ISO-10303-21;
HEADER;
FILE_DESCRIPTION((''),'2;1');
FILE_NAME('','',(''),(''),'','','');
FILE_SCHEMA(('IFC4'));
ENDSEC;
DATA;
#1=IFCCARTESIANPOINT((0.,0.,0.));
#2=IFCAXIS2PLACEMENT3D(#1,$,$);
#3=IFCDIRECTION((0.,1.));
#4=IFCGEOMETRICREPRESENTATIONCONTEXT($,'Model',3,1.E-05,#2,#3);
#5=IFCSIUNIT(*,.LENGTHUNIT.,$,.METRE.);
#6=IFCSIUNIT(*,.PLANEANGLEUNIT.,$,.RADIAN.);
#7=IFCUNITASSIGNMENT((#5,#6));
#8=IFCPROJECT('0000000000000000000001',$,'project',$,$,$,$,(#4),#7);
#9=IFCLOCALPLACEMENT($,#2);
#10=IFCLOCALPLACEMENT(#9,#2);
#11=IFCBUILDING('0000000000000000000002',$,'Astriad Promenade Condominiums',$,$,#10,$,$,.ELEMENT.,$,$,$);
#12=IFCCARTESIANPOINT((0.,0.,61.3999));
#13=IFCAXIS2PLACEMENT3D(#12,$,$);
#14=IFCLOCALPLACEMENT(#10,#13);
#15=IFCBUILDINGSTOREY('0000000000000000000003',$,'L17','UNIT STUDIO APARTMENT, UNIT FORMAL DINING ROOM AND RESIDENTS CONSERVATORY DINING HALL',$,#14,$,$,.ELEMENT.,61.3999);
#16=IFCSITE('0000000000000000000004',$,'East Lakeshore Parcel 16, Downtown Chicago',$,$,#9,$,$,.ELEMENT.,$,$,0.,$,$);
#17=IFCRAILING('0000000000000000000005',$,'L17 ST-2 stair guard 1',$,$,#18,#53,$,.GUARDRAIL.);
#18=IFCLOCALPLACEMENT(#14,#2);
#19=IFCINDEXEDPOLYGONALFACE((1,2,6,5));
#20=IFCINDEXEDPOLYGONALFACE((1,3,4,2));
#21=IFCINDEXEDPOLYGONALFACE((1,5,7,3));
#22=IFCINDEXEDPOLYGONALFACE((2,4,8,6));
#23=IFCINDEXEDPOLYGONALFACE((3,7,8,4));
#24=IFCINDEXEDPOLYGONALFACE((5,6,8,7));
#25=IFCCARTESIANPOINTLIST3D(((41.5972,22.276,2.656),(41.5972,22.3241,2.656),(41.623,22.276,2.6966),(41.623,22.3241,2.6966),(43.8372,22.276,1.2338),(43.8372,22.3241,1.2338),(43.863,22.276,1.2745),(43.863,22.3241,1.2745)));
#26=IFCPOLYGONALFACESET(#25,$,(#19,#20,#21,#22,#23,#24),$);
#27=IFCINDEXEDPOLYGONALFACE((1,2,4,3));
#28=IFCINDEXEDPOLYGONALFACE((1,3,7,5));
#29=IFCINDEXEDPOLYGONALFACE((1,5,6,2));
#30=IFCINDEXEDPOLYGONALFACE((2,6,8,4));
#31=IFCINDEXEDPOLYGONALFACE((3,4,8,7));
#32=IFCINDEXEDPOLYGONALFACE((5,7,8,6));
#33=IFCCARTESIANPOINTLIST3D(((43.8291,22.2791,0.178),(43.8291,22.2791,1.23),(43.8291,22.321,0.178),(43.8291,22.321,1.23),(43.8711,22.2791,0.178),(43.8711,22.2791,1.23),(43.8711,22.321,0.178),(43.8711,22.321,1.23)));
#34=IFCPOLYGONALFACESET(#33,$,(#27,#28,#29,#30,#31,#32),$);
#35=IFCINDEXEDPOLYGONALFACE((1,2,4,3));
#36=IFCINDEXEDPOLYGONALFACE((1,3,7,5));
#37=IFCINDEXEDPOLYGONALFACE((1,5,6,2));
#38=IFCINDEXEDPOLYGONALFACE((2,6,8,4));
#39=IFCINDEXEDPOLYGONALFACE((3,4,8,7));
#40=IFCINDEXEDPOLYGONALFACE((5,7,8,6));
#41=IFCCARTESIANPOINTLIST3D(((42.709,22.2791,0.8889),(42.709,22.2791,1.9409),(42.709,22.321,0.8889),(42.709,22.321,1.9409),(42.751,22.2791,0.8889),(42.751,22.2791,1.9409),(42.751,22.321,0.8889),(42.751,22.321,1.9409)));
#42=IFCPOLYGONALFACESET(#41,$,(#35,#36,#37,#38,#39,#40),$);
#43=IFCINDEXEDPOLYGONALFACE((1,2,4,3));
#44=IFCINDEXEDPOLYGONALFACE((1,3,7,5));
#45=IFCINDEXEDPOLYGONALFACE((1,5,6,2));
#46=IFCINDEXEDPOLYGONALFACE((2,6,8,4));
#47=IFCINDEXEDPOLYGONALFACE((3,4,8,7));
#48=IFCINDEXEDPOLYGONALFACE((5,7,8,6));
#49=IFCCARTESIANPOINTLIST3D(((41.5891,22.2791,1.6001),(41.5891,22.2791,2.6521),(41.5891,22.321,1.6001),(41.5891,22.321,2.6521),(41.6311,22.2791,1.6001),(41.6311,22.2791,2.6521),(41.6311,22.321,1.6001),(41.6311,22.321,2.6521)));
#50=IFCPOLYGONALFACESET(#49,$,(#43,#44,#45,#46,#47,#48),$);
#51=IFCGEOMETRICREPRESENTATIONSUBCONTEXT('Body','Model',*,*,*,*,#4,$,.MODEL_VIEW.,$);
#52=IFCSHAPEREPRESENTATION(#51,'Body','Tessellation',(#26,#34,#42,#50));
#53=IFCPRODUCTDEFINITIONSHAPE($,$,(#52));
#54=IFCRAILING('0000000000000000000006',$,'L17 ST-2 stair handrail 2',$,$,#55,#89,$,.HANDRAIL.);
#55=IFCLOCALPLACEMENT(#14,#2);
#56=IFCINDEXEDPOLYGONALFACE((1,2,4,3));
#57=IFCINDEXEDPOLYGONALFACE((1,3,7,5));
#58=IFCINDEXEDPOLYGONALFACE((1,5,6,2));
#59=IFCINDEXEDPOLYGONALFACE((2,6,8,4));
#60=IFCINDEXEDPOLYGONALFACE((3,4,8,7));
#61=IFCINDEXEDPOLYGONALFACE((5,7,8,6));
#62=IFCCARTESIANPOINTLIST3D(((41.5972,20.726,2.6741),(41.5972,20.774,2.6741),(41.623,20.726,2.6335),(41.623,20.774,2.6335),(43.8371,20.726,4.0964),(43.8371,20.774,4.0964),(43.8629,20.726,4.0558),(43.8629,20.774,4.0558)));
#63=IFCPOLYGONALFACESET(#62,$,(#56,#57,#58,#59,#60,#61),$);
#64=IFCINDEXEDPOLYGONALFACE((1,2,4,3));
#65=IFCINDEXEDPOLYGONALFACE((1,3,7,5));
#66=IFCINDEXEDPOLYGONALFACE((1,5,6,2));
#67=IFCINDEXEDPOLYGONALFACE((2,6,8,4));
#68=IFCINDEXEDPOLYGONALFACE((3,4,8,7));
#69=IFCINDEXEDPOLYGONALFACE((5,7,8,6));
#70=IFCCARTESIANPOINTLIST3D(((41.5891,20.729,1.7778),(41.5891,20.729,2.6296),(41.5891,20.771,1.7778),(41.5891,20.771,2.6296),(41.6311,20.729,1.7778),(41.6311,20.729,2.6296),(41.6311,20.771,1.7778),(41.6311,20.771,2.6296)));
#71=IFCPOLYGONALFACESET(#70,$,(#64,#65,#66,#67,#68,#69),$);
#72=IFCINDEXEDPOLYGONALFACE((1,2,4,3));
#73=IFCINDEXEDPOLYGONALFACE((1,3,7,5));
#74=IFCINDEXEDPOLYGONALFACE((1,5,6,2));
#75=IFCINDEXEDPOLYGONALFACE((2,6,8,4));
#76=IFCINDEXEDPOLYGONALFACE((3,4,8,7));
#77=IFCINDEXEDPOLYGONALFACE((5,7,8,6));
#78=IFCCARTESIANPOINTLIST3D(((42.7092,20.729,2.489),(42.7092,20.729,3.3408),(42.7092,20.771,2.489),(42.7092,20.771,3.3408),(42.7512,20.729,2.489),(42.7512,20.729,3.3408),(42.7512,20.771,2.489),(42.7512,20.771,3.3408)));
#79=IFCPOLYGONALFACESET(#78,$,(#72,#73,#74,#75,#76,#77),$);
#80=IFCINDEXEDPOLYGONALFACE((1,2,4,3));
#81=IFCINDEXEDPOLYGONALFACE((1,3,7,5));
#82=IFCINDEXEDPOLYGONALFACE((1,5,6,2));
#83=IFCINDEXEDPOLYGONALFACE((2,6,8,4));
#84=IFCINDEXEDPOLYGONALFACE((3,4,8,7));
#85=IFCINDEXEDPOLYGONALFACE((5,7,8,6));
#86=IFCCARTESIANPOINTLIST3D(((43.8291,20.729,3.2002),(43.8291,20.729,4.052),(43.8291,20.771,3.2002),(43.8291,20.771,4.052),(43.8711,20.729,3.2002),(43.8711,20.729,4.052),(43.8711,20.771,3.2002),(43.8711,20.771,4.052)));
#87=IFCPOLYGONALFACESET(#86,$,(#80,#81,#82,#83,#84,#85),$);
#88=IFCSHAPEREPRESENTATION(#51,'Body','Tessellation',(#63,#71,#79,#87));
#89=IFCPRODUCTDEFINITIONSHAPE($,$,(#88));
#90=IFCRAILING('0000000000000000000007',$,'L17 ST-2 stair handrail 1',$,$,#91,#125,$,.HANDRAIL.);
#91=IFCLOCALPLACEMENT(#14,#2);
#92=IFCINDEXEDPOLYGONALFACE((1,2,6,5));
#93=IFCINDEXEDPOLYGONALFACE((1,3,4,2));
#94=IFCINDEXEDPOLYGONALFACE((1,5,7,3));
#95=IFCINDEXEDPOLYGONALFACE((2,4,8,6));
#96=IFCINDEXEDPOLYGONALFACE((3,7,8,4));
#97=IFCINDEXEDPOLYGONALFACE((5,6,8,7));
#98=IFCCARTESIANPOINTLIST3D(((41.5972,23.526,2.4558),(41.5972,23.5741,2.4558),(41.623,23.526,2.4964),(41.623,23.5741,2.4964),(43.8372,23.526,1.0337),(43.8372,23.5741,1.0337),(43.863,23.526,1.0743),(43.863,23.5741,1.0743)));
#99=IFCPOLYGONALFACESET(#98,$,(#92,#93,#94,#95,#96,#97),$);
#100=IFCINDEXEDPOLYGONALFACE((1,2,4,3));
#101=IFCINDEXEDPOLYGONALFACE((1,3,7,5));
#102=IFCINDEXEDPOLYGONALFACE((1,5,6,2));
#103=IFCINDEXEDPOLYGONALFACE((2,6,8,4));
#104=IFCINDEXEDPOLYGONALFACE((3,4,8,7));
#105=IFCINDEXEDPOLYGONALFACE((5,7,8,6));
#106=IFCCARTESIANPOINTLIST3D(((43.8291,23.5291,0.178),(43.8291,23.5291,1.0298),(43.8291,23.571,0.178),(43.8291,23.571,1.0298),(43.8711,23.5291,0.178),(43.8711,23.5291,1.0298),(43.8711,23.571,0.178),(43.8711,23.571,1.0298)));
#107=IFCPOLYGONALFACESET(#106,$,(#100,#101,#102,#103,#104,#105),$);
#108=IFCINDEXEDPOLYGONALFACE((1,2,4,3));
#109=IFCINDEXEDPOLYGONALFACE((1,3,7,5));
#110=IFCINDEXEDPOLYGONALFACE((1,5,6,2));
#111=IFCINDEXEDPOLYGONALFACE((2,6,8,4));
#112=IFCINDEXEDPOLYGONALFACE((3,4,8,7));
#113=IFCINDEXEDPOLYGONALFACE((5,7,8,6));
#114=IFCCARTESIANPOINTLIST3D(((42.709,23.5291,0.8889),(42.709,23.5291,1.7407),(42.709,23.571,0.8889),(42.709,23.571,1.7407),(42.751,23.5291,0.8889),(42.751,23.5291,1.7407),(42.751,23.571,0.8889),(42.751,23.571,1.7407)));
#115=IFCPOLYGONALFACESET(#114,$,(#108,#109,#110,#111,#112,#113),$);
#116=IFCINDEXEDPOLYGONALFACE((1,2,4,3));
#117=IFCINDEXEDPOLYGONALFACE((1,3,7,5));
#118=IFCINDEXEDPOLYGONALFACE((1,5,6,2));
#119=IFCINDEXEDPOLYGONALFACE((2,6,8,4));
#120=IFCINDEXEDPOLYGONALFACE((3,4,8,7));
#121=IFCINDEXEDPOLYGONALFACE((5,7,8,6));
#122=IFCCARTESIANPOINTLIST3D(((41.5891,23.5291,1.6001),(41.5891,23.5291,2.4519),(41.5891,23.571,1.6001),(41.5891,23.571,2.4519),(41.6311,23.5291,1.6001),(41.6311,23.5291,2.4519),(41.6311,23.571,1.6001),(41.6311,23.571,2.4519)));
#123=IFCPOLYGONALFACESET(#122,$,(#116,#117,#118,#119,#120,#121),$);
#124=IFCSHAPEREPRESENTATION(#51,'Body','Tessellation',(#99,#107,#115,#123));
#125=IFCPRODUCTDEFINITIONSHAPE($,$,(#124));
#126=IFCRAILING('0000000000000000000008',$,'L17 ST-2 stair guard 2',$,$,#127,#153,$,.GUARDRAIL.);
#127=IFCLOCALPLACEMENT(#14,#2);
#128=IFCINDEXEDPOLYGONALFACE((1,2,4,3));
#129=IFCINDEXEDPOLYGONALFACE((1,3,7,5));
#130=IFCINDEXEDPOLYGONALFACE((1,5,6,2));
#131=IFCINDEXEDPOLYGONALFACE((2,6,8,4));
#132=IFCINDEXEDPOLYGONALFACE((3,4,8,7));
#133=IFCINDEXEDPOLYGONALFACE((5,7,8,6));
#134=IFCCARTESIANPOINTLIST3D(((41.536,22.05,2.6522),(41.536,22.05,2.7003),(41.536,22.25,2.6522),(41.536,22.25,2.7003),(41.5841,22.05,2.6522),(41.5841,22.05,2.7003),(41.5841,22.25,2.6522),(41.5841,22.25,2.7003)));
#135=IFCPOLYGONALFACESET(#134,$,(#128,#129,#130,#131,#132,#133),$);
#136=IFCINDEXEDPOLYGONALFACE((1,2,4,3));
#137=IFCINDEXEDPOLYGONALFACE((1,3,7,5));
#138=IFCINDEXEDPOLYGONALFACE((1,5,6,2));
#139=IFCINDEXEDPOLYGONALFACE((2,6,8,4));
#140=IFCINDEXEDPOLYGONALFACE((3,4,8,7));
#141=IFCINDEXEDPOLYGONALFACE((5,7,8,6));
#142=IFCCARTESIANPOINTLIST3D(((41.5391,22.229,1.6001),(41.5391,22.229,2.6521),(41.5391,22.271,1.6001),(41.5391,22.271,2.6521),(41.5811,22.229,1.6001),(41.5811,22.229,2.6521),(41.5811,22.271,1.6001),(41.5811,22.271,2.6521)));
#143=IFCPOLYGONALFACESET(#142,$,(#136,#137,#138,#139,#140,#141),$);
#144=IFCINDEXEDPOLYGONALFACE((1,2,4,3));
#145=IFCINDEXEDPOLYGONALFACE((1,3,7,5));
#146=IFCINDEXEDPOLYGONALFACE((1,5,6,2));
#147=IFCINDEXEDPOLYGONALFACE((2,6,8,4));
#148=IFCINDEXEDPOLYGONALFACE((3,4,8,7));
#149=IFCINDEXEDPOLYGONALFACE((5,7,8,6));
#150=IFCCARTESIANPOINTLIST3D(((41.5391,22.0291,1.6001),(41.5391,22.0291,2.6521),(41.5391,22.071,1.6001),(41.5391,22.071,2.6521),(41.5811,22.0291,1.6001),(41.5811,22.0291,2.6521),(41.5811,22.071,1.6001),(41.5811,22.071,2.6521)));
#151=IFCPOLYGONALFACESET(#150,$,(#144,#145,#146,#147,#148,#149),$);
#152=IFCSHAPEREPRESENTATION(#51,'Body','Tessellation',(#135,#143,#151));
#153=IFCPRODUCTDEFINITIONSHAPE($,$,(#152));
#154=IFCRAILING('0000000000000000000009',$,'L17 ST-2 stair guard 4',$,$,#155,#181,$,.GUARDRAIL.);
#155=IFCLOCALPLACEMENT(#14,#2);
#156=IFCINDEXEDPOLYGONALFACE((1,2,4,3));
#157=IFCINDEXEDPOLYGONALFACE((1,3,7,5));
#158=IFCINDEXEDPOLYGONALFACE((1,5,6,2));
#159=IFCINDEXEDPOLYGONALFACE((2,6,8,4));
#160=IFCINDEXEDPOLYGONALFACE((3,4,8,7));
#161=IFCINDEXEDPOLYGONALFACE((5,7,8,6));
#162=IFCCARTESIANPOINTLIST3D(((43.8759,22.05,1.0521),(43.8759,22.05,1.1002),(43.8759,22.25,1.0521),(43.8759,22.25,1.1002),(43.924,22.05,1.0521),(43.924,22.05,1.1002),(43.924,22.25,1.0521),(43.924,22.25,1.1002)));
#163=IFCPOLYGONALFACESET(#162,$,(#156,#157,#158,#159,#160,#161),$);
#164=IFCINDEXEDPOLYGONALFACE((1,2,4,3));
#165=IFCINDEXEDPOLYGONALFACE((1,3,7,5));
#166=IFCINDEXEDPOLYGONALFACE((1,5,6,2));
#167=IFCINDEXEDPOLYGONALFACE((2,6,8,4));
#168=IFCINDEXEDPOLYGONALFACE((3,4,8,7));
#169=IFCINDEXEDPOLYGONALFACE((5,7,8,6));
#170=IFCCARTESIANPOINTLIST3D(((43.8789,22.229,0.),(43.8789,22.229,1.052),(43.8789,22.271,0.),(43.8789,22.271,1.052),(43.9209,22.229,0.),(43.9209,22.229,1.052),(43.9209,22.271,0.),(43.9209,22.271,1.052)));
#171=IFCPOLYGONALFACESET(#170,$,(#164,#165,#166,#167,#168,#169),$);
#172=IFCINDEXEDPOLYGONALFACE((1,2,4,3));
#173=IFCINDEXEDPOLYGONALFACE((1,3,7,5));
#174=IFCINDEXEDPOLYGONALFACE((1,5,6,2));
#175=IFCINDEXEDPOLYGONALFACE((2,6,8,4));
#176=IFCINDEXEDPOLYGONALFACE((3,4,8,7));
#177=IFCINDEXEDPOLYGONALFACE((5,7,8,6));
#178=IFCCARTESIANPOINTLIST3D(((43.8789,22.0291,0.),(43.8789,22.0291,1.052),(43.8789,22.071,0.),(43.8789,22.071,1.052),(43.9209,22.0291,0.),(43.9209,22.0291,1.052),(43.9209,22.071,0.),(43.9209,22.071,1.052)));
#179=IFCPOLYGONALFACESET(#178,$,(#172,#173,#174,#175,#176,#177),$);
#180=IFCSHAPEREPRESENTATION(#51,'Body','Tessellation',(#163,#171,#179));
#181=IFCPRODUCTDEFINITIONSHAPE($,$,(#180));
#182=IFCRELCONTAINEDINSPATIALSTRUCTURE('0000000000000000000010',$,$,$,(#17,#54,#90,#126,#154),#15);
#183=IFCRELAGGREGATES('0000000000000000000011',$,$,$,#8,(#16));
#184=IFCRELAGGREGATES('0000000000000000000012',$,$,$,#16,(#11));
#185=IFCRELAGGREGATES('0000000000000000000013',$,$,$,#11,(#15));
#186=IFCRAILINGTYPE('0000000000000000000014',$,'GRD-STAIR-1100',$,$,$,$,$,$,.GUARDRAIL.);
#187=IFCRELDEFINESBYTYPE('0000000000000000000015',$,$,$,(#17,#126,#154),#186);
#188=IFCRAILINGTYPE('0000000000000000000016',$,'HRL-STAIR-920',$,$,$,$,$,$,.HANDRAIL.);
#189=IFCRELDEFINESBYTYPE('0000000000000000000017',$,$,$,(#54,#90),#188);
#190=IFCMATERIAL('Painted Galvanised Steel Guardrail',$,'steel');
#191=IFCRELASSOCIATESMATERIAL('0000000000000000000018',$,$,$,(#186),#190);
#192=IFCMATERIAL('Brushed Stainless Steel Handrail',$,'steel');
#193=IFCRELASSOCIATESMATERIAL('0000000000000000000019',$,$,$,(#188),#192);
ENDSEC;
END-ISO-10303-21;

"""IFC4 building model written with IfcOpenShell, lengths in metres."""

from ifc_helpers import new_model, si_unit, direction, frame, origin, origin_2d, place, context, subcontext, project, spatial, rectangle, extrude, source, transform, mapped, material, type_object, type_shapes, element, save


model = new_model("IFC4")

# Units and contexts
model_context = context("Model", 3, precision=1e-05, world=origin(), true_north=direction((0.0, 1.0)))
body_context = subcontext(model_context, "Body", "Model", "MODEL_VIEW")
ifc_project = project(units=[si_unit("LENGTHUNIT", "METRE"), si_unit("PLANEANGLEUNIT", "RADIAN")], contexts=[model_context])

# Site, building, storey
site_placement = place(None, origin())
site = spatial("IfcSite", under=ifc_project, at=site_placement, Name="East Lakeshore Parcel 16, Downtown Chicago", CompositionType="ELEMENT", RefElevation=0.0)
building_placement = place(site_placement, origin())
building = spatial("IfcBuilding", under=site, at=building_placement, Name="Astriad Promenade Condominiums", CompositionType="ELEMENT")
storey_placement = place(building_placement, frame((0.0, 0.0, 61.3999)))
storey = spatial("IfcBuildingStorey", under=building, at=storey_placement, Name="L17", Description="UNIT STUDIO APARTMENT, UNIT FORMAL DINING ROOM AND RESIDENTS CONSERVATORY DINING HALL", CompositionType="ELEMENT", Elevation=61.3999)

# Railings
ifc_material_1 = material(Name="Painted Galvanised Steel Guardrail", Category="steel")
railing_type_1 = type_object("IfcRailingType", Name="GRD-STAIR-1100", PredefinedType="GUARDRAIL", material=ifc_material_1)
shared_shape_1 = source(origin(), body_context, "Body", "SweptSolid", [
    extrude(rectangle(XDim=0.0481, YDim=0.0481, at=origin_2d()), frame((0.0, 0.0, 1.0762), z_axis=(-0.844229, 0.0, 0.535982), x_axis=(0.0, -1.0, 0.0)), (0.0, 0.0, 1.0), 2.6533),
    extrude(rectangle(XDim=0.042, YDim=0.042, at=origin_2d()), origin(), (0.0, 0.0, 1.0), 1.052),
    extrude(rectangle(XDim=0.042, YDim=0.042, at=origin_2d()), frame((-1.1201, 0.0, 0.7109)), (0.0, 0.0, 1.0), 1.052),
    extrude(rectangle(XDim=0.042, YDim=0.042, at=origin_2d()), frame((-2.24, 0.0, 1.4221)), (0.0, 0.0, 1.0), 1.052),
])
railing_1_placement = place(storey_placement, frame((43.8501, 22.3, 0.178)))
element("IfcRailing", 1, at=railing_1_placement, inside=storey, type_object=railing_type_1, Name="L17 ST-2 stair guard 1", PredefinedType="GUARDRAIL", context=body_context, shape_type="MappedRepresentation", body=[
    mapped(shared_shape_1, transform((0.0, 0.0, 0.0), scale=1.0)),
])
ifc_material_2 = material(Name="Brushed Stainless Steel Handrail", Category="steel")
railing_type_2 = type_object("IfcRailingType", Name="HRL-STAIR-920", PredefinedType="HANDRAIL", material=ifc_material_2)
shared_shape_2 = source(origin(), body_context, "Body", "SweptSolid", [
    extrude(rectangle(XDim=0.0481, YDim=0.0481, at=origin_2d()), frame((0.0, 0.0, 0.876), z_axis=(0.844188, 0.0, 0.536048), x_axis=(0.0, 1.0, 0.0)), (0.0, 0.0, 1.0), 2.6533),
    extrude(rectangle(XDim=0.042, YDim=0.042, at=origin_2d()), origin(), (0.0, 0.0, 1.0), 0.8518),
    extrude(rectangle(XDim=0.042, YDim=0.042, at=origin_2d()), frame((1.1201, 0.0, 0.7112)), (0.0, 0.0, 1.0), 0.8518),
    extrude(rectangle(XDim=0.042, YDim=0.042, at=origin_2d()), frame((2.24, 0.0, 1.4224)), (0.0, 0.0, 1.0), 0.8518),
])
railing_2_placement = place(storey_placement, frame((41.6101, 20.75, 1.7778)))
element("IfcRailing", 2, at=railing_2_placement, inside=storey, type_object=railing_type_2, Name="L17 ST-2 stair handrail 2", PredefinedType="HANDRAIL", context=body_context, shape_type="MappedRepresentation", body=[
    mapped(shared_shape_2, transform((0.0, 0.0, 0.0), scale=1.0)),
])
shared_shape_3 = source(origin(), body_context, "Body", "SweptSolid", [
    extrude(rectangle(XDim=0.0481, YDim=0.0481, at=origin_2d()), frame((0.0, 0.0, 0.876), z_axis=(-0.844229, 0.0, 0.535982), x_axis=(0.0, -1.0, 0.0)), (0.0, 0.0, 1.0), 2.6533),
    extrude(rectangle(XDim=0.042, YDim=0.042, at=origin_2d()), origin(), (0.0, 0.0, 1.0), 0.8518),
    extrude(rectangle(XDim=0.042, YDim=0.042, at=origin_2d()), frame((-1.1201, 0.0, 0.7109)), (0.0, 0.0, 1.0), 0.8518),
    extrude(rectangle(XDim=0.042, YDim=0.042, at=origin_2d()), frame((-2.24, 0.0, 1.4221)), (0.0, 0.0, 1.0), 0.8518),
])
type_shapes(railing_type_2, [shared_shape_2, shared_shape_3])
railing_3_placement = place(storey_placement, frame((43.8501, 23.55, 0.178)))
element("IfcRailing", 3, at=railing_3_placement, inside=storey, type_object=railing_type_2, Name="L17 ST-2 stair handrail 1", PredefinedType="HANDRAIL", context=body_context, shape_type="MappedRepresentation", body=[
    mapped(shared_shape_3, transform((0.0, 0.0, 0.0), scale=1.0)),
])
shared_shape_4 = source(origin(), body_context, "Body", "SweptSolid", [
    extrude(rectangle(XDim=0.0481, YDim=0.0481, at=origin_2d()), frame((0.0, 0.0, 1.0762), z_axis=(0.0, -1.0, 0.0), x_axis=(1.0, 0.0, 0.0)), (0.0, 0.0, 1.0), 0.2),
    extrude(rectangle(XDim=0.042, YDim=0.042, at=origin_2d()), origin(), (0.0, 0.0, 1.0), 1.052),
    extrude(rectangle(XDim=0.042, YDim=0.042, at=origin_2d()), frame((0.0, -0.2, 0.0)), (0.0, 0.0, 1.0), 1.052),
])
for number, where, name in (
    (4, (41.5601, 22.25, 1.6001), "L17 ST-2 stair guard 2"),
    (5, (43.8999, 22.25, 0.0), "L17 ST-2 stair guard 4"),
):
    element("IfcRailing", number, at=place(storey_placement, frame(where)), inside=storey, type_object=railing_type_1, Name=name, PredefinedType="GUARDRAIL", context=body_context, shape_type="MappedRepresentation", body=[
        mapped(shared_shape_4, transform((0.0, 0.0, 0.0), scale=1.0)),
    ])

save(model, "model.ifc")
